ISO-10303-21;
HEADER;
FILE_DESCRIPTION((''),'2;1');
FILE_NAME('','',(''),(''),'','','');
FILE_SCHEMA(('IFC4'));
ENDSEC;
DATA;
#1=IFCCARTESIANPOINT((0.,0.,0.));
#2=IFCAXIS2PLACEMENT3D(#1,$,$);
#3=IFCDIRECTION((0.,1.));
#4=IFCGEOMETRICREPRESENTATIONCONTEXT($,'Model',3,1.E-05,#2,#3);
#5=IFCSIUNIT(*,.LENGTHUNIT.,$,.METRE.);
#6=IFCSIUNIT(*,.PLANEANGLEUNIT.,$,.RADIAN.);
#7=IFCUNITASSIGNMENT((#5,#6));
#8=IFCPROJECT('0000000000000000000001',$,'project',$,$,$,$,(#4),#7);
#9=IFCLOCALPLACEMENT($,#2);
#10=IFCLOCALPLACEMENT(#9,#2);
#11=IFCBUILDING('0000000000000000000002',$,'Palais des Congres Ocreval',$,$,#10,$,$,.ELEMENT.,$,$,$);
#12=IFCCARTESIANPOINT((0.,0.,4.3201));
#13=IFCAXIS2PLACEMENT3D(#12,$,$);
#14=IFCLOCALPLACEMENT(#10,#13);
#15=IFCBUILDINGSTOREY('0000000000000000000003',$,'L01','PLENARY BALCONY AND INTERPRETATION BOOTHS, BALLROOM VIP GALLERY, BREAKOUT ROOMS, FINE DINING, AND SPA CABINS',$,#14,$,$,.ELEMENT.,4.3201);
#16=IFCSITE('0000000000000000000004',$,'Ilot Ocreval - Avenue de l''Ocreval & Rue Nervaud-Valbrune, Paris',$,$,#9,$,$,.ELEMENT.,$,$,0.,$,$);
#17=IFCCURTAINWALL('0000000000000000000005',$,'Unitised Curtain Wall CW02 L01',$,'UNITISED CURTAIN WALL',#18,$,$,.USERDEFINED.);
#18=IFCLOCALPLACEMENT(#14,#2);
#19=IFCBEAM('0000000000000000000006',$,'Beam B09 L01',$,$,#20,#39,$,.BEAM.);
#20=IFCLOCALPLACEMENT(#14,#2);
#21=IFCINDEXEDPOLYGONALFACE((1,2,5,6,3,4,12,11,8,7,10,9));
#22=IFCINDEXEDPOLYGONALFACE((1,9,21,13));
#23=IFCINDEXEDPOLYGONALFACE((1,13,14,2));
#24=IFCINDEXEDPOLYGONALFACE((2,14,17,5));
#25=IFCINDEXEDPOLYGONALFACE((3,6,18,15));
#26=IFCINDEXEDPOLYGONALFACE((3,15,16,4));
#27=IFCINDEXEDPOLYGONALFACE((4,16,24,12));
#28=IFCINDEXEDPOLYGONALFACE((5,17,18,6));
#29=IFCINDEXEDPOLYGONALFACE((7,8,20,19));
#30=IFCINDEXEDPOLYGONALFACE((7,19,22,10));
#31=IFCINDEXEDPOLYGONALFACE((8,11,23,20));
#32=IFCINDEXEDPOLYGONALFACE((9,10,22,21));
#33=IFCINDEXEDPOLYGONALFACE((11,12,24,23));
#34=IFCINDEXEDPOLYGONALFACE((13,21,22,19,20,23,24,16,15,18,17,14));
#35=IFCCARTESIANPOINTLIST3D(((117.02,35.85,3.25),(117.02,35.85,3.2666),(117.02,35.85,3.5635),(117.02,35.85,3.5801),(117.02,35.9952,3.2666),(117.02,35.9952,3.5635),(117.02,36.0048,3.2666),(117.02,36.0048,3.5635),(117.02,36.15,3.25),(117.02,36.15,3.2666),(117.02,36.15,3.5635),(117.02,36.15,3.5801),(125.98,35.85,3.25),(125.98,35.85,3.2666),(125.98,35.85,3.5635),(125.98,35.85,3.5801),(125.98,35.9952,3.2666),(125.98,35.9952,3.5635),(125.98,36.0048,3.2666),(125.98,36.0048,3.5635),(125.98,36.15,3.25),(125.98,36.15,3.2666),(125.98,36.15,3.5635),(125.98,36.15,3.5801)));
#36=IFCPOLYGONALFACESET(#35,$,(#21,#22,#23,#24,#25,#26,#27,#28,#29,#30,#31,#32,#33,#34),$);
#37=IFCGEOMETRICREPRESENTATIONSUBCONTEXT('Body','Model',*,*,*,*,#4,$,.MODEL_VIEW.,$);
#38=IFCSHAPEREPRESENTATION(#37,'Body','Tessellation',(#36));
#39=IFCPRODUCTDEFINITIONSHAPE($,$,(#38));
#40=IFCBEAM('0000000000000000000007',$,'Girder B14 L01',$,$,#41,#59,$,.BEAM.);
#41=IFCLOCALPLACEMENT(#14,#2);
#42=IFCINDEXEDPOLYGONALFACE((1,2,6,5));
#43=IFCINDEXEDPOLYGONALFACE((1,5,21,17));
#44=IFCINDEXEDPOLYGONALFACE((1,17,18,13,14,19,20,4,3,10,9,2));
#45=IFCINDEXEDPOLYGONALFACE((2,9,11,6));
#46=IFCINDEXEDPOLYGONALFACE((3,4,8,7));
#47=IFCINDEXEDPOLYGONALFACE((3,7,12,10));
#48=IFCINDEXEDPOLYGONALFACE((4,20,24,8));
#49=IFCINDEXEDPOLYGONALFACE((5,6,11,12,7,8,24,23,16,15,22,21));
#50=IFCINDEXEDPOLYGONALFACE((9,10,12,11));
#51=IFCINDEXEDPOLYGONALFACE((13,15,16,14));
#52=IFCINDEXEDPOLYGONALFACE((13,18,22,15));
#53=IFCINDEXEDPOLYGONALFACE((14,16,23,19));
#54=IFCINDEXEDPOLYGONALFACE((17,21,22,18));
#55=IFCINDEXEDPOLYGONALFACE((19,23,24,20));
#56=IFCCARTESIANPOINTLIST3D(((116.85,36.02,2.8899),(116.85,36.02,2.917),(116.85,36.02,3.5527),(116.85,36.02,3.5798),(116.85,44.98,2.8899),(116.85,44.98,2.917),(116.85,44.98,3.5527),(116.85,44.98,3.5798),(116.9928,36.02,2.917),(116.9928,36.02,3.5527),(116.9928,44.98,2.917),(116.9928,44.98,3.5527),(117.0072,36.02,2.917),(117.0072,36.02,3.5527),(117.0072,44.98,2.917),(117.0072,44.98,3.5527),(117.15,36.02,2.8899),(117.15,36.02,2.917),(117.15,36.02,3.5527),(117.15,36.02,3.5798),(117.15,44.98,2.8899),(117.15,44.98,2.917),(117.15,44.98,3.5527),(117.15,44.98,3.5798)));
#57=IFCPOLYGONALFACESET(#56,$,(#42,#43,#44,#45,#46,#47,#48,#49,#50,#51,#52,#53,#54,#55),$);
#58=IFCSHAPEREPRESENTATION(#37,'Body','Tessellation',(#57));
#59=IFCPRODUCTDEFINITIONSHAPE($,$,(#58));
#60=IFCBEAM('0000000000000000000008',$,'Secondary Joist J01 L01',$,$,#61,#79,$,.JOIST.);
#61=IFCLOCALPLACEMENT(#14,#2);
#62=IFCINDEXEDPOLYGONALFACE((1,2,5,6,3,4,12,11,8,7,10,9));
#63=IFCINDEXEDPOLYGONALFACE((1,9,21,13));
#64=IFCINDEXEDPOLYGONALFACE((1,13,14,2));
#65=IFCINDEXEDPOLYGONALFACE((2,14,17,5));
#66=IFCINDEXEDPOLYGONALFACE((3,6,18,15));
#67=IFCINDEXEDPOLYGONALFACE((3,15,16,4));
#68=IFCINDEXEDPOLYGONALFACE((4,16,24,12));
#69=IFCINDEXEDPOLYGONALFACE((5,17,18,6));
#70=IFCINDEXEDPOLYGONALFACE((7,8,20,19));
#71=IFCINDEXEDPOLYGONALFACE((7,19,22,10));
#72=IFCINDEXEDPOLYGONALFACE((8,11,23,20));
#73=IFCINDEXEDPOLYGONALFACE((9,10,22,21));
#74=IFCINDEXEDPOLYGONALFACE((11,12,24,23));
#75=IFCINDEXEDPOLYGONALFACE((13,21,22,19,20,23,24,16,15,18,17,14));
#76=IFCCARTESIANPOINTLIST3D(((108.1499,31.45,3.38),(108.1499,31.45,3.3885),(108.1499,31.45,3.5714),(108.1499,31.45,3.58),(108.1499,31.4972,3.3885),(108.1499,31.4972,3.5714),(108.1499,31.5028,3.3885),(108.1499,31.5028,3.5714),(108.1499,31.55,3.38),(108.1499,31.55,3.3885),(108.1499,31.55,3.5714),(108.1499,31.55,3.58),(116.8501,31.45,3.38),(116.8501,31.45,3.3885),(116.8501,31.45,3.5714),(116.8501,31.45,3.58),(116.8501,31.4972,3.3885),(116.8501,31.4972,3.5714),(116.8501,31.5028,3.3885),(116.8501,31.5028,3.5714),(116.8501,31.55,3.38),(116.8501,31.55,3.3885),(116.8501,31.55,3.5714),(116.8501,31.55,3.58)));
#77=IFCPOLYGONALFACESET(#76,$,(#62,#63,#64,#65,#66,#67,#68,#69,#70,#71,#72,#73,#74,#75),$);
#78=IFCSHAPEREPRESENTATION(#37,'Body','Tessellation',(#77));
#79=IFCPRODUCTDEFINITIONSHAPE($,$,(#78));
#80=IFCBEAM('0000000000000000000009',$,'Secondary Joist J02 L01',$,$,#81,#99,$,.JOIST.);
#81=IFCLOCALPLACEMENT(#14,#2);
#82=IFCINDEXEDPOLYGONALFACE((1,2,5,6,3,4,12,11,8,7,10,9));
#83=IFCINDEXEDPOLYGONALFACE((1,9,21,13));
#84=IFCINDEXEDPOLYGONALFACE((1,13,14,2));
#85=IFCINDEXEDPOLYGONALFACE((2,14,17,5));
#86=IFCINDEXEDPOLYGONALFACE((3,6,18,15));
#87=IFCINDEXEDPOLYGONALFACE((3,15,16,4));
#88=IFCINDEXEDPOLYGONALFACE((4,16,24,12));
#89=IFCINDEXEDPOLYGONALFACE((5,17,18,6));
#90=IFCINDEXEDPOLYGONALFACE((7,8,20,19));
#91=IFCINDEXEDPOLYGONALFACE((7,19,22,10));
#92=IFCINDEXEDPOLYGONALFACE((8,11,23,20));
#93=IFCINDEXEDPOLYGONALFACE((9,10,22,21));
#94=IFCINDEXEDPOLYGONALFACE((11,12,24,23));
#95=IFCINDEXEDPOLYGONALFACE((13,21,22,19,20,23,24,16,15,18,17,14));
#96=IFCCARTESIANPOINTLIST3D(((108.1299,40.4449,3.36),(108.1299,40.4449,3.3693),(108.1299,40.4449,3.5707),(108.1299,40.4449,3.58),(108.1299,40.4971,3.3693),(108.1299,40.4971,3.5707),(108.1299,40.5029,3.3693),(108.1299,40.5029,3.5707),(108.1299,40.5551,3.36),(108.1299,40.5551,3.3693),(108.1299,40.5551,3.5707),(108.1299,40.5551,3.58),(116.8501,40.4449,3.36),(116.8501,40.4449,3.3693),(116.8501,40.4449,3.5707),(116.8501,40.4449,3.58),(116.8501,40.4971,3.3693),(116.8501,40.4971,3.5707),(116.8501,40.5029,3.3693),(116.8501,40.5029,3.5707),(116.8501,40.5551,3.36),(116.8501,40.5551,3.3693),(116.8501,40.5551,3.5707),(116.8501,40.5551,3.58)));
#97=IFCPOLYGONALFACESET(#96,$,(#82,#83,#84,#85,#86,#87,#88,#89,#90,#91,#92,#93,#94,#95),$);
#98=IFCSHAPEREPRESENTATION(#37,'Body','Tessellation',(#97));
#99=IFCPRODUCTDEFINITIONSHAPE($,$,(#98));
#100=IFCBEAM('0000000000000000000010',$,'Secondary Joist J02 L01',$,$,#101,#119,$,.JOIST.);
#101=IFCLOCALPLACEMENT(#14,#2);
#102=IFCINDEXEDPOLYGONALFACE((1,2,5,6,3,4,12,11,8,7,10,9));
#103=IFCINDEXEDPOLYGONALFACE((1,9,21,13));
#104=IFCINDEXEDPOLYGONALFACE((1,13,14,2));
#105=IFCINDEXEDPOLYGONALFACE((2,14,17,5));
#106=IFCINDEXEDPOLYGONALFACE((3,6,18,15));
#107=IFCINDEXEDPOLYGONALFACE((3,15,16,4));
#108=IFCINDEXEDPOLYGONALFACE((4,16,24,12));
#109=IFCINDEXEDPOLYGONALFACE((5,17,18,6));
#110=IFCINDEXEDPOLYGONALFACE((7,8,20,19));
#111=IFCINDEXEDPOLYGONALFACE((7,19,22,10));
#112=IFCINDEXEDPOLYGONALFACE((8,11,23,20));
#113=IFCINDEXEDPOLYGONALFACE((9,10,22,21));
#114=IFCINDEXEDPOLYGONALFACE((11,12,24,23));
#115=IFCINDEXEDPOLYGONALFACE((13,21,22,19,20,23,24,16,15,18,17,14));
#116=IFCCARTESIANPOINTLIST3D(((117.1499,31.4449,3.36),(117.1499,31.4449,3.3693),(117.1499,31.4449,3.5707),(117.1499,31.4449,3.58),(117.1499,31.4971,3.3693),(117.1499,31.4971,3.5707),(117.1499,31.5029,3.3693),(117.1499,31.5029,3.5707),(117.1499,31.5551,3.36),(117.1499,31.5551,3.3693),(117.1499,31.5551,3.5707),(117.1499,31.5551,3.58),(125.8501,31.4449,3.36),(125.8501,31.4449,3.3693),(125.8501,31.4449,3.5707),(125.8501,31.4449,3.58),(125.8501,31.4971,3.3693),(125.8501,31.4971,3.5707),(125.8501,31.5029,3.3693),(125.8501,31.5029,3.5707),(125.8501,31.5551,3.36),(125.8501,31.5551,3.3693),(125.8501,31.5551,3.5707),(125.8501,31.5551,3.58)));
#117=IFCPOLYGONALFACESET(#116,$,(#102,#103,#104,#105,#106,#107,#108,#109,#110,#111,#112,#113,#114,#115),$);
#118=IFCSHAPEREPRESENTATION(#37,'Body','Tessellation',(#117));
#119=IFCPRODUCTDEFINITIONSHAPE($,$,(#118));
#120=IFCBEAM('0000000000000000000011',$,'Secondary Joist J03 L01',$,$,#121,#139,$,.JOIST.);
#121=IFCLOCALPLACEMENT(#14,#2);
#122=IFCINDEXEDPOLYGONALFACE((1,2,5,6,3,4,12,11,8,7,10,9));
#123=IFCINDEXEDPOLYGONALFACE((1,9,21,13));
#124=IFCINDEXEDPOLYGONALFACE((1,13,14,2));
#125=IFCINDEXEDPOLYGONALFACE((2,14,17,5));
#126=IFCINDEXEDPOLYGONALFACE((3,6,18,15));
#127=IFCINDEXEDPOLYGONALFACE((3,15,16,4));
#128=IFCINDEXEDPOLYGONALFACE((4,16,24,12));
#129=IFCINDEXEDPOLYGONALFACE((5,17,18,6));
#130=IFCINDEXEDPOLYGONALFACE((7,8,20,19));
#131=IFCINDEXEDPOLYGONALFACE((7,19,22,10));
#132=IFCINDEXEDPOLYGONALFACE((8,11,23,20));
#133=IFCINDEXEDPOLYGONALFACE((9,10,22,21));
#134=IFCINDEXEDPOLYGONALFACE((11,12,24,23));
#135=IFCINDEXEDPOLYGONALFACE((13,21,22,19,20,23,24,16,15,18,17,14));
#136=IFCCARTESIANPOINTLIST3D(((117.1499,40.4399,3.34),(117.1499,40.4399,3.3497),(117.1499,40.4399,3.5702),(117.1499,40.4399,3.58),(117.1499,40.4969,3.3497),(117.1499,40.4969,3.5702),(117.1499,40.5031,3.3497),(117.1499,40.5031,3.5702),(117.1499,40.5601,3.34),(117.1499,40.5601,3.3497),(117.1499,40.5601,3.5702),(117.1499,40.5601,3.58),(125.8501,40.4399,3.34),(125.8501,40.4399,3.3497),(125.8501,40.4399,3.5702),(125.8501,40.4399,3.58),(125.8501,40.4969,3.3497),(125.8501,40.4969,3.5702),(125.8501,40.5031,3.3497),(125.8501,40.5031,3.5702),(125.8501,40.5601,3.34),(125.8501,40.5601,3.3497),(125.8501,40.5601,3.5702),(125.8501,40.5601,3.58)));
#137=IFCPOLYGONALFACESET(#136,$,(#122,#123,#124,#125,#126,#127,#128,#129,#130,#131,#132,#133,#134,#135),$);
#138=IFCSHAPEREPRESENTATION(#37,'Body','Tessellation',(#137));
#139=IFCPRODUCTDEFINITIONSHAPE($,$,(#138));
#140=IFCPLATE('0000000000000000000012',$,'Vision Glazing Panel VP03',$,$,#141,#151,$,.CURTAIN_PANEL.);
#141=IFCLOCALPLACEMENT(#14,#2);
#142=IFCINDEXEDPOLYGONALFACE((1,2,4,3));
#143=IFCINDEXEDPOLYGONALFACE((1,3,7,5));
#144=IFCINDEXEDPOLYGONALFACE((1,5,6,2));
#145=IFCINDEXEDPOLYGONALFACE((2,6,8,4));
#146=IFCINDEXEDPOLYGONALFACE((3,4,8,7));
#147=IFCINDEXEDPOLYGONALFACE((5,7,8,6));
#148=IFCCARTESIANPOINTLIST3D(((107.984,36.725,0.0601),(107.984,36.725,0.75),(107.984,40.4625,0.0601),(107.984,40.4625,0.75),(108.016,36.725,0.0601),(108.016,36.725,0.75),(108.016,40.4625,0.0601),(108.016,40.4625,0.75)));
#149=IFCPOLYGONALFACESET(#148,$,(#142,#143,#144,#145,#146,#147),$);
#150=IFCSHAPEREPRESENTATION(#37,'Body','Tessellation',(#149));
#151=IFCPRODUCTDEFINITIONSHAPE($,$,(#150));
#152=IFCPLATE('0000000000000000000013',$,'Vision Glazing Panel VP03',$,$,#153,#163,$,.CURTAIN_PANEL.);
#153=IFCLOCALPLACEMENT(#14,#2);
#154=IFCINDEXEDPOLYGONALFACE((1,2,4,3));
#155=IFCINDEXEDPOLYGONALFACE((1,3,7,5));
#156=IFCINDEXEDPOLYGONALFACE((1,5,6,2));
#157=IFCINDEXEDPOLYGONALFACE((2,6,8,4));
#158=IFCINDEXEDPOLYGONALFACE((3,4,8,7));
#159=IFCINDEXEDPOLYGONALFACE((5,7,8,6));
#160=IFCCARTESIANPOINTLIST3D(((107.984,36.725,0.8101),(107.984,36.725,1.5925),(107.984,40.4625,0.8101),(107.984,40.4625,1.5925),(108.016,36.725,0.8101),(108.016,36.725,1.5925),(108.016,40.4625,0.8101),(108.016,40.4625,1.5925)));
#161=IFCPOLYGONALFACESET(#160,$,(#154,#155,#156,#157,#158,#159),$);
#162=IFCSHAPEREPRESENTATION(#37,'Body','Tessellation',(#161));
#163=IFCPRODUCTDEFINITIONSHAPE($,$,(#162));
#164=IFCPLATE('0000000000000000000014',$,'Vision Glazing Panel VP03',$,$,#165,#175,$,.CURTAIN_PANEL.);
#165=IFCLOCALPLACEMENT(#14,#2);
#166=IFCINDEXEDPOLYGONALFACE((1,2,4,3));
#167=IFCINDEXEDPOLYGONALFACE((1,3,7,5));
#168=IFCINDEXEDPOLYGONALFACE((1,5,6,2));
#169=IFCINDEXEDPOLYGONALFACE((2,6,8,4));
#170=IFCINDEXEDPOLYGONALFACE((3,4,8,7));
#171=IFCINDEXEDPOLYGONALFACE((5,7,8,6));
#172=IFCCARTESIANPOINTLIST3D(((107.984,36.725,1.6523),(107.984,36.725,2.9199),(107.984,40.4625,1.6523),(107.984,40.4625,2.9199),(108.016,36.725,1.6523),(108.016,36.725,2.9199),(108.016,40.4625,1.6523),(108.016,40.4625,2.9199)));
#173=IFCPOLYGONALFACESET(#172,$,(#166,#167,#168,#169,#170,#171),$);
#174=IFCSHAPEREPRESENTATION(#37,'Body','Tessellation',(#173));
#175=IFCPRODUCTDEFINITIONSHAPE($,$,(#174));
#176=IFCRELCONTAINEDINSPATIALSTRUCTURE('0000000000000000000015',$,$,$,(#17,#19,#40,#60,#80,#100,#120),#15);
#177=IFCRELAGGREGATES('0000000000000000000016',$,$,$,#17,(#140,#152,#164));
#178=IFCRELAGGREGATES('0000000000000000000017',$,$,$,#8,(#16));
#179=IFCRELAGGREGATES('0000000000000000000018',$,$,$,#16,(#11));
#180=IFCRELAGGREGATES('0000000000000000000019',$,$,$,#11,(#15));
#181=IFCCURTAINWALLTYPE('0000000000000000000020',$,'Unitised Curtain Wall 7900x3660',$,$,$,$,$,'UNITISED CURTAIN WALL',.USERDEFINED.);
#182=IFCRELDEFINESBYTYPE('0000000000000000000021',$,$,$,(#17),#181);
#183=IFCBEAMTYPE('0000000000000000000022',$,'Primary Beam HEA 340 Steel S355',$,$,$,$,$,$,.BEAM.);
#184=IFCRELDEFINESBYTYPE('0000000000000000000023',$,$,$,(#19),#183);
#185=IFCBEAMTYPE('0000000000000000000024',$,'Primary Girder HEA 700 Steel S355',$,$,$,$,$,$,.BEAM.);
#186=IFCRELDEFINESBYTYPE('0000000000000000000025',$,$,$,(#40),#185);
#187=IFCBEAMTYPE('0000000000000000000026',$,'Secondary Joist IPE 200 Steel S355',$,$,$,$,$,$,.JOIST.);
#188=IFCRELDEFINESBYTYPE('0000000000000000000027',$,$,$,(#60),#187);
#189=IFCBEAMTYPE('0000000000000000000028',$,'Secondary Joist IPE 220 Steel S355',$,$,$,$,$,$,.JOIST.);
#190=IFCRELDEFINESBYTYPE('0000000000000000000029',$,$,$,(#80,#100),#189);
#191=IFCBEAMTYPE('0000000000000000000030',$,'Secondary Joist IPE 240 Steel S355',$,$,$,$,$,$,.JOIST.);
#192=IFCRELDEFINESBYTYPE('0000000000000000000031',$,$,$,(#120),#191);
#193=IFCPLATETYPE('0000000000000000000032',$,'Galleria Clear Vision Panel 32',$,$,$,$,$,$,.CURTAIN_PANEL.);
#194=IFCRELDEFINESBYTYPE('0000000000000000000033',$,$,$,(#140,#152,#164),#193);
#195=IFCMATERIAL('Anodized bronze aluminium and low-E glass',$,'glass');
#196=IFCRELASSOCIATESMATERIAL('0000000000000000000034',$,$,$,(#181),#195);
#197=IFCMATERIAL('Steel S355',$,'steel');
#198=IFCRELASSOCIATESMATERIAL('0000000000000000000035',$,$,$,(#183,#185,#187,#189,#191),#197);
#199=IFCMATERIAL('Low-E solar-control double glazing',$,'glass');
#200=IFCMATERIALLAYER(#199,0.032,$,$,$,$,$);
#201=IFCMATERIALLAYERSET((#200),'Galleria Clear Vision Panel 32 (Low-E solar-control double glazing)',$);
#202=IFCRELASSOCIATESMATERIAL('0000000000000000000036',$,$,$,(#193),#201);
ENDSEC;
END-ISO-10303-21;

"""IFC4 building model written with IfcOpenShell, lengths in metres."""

from ifc_helpers import new_model, si_unit, direction, frame, origin, origin_2d, place, context, subcontext, project, spatial, rectangle, i_section, extrude, material, layer, layer_set, material_profile, profile_set, type_object, element, aggregate, save


model = new_model("IFC4")

# Units and contexts
model_context = context("Model", 3, precision=1e-05, world=origin(), true_north=direction((0.0, 1.0)))
body_context = subcontext(model_context, "Body", "Model", "MODEL_VIEW")
ifc_project = project(units=[si_unit("LENGTHUNIT", "METRE"), si_unit("PLANEANGLEUNIT", "RADIAN")], contexts=[model_context])

# Site, building, storey
site_placement = place(None, origin())
site = spatial("IfcSite", under=ifc_project, at=site_placement, Name="Ilot Ocreval - Avenue de l'Ocreval & Rue Nervaud-Valbrune, Paris", CompositionType="ELEMENT", RefElevation=0.0)
building_placement = place(site_placement, origin())
building = spatial("IfcBuilding", under=site, at=building_placement, Name="Palais des Congres Ocreval", CompositionType="ELEMENT")
storey_placement = place(building_placement, frame((0.0, 0.0, 4.3201)))
storey = spatial("IfcBuildingStorey", under=building, at=storey_placement, Name="L01", Description="PLENARY BALCONY AND INTERPRETATION BOOTHS, BALLROOM VIP GALLERY, BREAKOUT ROOMS, FINE DINING, AND SPA CABINS", CompositionType="ELEMENT", Elevation=4.3201)

# Shared definitions
ifc_material_1 = material(Name="Steel S355", Category="steel")

# Curtain wall
ifc_material_2 = material(Name="Anodized bronze aluminium and low-E glass", Category="glass")
curtain_wall_type = type_object("IfcCurtainWallType", Name="Unitised Curtain Wall 7900x3660", ElementType="UNITISED CURTAIN WALL", PredefinedType="USERDEFINED", material=ifc_material_2)
curtain_wall_placement = place(storey_placement, origin())
curtain_wall = element("IfcCurtainWall", 1, at=curtain_wall_placement, inside=storey, type_object=curtain_wall_type, Name="Unitised Curtain Wall CW02 L01", ObjectType="UNITISED CURTAIN WALL", PredefinedType="USERDEFINED")

# Beams
ifc_material_profile_1 = material_profile(ifc_material_1, i_section(OverallWidth=0.3, OverallDepth=0.3301, WebThickness=0.0095, FlangeThickness=0.0166, at=origin_2d()), Name="HEA 340")
ifc_profile_set_1 = profile_set([ifc_material_profile_1], Name="Steel S355")
beam_type_1 = type_object("IfcBeamType", Name="Primary Beam HEA 340 Steel S355", PredefinedType="BEAM", material=ifc_profile_set_1)
beam_1_placement = place(storey_placement, frame((117.02, 36.0, 3.415), z_axis=(1.0, 0.0, 0.0), x_axis=(0.0, 1.0, 0.0)))
element("IfcBeam", 2, at=beam_1_placement, inside=storey, type_object=beam_type_1, Name="Beam B09 L01", PredefinedType="BEAM", context=body_context, shape_type="SweptSolid", body=[
    extrude(i_section(OverallWidth=0.3, OverallDepth=0.3301, WebThickness=0.0095, FlangeThickness=0.0166, at=origin_2d()), origin(), (0.0, 0.0, 1.0), 8.96),
])
ifc_material_profile_2 = material_profile(ifc_material_1, i_section(OverallWidth=0.3, OverallDepth=0.6899, WebThickness=0.0144, FlangeThickness=0.0271, at=origin_2d()), Name="HEA 700")
ifc_profile_set_2 = profile_set([ifc_material_profile_2], Name="Steel S355")
beam_type_2 = type_object("IfcBeamType", Name="Primary Girder HEA 700 Steel S355", PredefinedType="BEAM", material=ifc_profile_set_2)
beam_2_placement = place(storey_placement, frame((117.0, 36.02, 3.2349), z_axis=(0.0, 1.0, 0.0), x_axis=(-1.0, 0.0, 0.0)))
element("IfcBeam", 3, at=beam_2_placement, inside=storey, type_object=beam_type_2, Name="Girder B14 L01", PredefinedType="BEAM", context=body_context, shape_type="SweptSolid", body=[
    extrude(i_section(OverallWidth=0.3, OverallDepth=0.6899, WebThickness=0.0144, FlangeThickness=0.0271, at=origin_2d()), origin(), (0.0, 0.0, 1.0), 8.96),
])
ifc_material_profile_3 = material_profile(ifc_material_1, i_section(OverallWidth=0.1001, OverallDepth=0.2, WebThickness=0.0056, FlangeThickness=0.0085, at=origin_2d()), Name="IPE 200")
ifc_profile_set_3 = profile_set([ifc_material_profile_3], Name="Steel S355")
beam_type_3 = type_object("IfcBeamType", Name="Secondary Joist IPE 200 Steel S355", PredefinedType="JOIST", material=ifc_profile_set_3)
beam_3_placement = place(storey_placement, frame((108.1499, 31.5, 3.48), z_axis=(1.0, 0.0, 0.0), x_axis=(0.0, 1.0, 0.0)))
element("IfcBeam", 4, at=beam_3_placement, inside=storey, type_object=beam_type_3, Name="Secondary Joist J01 L01", PredefinedType="JOIST", context=body_context, shape_type="SweptSolid", body=[
    extrude(i_section(OverallWidth=0.1001, OverallDepth=0.2, WebThickness=0.0056, FlangeThickness=0.0085, at=origin_2d()), origin(), (0.0, 0.0, 1.0), 8.7002),
])
ifc_material_profile_4 = material_profile(ifc_material_1, i_section(OverallWidth=0.1101, OverallDepth=0.22, WebThickness=0.0059, FlangeThickness=0.0093, at=origin_2d()), Name="IPE 220")
ifc_profile_set_4 = profile_set([ifc_material_profile_4], Name="Steel S355")
beam_type_4 = type_object("IfcBeamType", Name="Secondary Joist IPE 220 Steel S355", PredefinedType="JOIST", material=ifc_profile_set_4)
beam_4_placement = place(storey_placement, frame((108.1299, 40.5, 3.47), z_axis=(1.0, 0.0, 0.0), x_axis=(0.0, 1.0, 0.0)))
element("IfcBeam", 5, at=beam_4_placement, inside=storey, type_object=beam_type_4, Name="Secondary Joist J02 L01", PredefinedType="JOIST", context=body_context, shape_type="SweptSolid", body=[
    extrude(i_section(OverallWidth=0.1101, OverallDepth=0.22, WebThickness=0.0059, FlangeThickness=0.0093, at=origin_2d()), origin(), (0.0, 0.0, 1.0), 8.7202),
])
beam_5_placement = place(storey_placement, frame((117.1499, 31.5, 3.47), z_axis=(1.0, 0.0, 0.0), x_axis=(0.0, 1.0, 0.0)))
element("IfcBeam", 6, at=beam_5_placement, inside=storey, type_object=beam_type_4, Name="Secondary Joist J02 L01", PredefinedType="JOIST", context=body_context, shape_type="SweptSolid", body=[
    extrude(i_section(OverallWidth=0.1101, OverallDepth=0.22, WebThickness=0.0059, FlangeThickness=0.0093, at=origin_2d()), origin(), (0.0, 0.0, 1.0), 8.7002),
])
ifc_material_profile_5 = material_profile(ifc_material_1, i_section(OverallWidth=0.1201, OverallDepth=0.24, WebThickness=0.0061, FlangeThickness=0.0098, at=origin_2d()), Name="IPE 240")
ifc_profile_set_5 = profile_set([ifc_material_profile_5], Name="Steel S355")
beam_type_5 = type_object("IfcBeamType", Name="Secondary Joist IPE 240 Steel S355", PredefinedType="JOIST", material=ifc_profile_set_5)
beam_6_placement = place(storey_placement, frame((117.1499, 40.5, 3.46), z_axis=(1.0, 0.0, 0.0), x_axis=(0.0, 1.0, 0.0)))
element("IfcBeam", 7, at=beam_6_placement, inside=storey, type_object=beam_type_5, Name="Secondary Joist J03 L01", PredefinedType="JOIST", context=body_context, shape_type="SweptSolid", body=[
    extrude(i_section(OverallWidth=0.1201, OverallDepth=0.24, WebThickness=0.0061, FlangeThickness=0.0098, at=origin_2d()), origin(), (0.0, 0.0, 1.0), 8.7002),
])

# Plates
ifc_material_3 = material(Name="Low-E solar-control double glazing", Category="glass")
ifc_layer_1 = layer(ifc_material_3, 0.032)
ifc_layer_set_1 = layer_set([ifc_layer_1], Name="Galleria Clear Vision Panel 32 (Low-E solar-control double glazing)")
plate_type_1 = type_object("IfcPlateType", Name="Galleria Clear Vision Panel 32", PredefinedType="CURTAIN_PANEL", material=ifc_layer_set_1)
plate_1_placement = place(storey_placement, frame((108.0, 38.5938, 0.0601), z_axis=(0.0, 0.0, 1.0), x_axis=(0.0, 1.0, 0.0)))
plate_1 = element("IfcPlate", 8, at=plate_1_placement, type_object=plate_type_1, Name="Vision Glazing Panel VP03", PredefinedType="CURTAIN_PANEL", context=body_context, shape_type="SweptSolid", body=[
    extrude(rectangle(XDim=3.7375, YDim=0.032, at=origin_2d()), origin(), (0.0, 0.0, 1.0), 0.6899),
])
plate_2_placement = place(storey_placement, frame((108.0, 38.5938, 0.8101), z_axis=(0.0, 0.0, 1.0), x_axis=(0.0, 1.0, 0.0)))
plate_2 = element("IfcPlate", 9, at=plate_2_placement, type_object=plate_type_1, Name="Vision Glazing Panel VP03", PredefinedType="CURTAIN_PANEL", context=body_context, shape_type="SweptSolid", body=[
    extrude(rectangle(XDim=3.7375, YDim=0.032, at=origin_2d()), origin(), (0.0, 0.0, 1.0), 0.7825),
])
plate_3_placement = place(storey_placement, frame((108.0, 38.5938, 1.6523), z_axis=(0.0, 0.0, 1.0), x_axis=(0.0, 1.0, 0.0)))
plate_3 = element("IfcPlate", 10, at=plate_3_placement, type_object=plate_type_1, Name="Vision Glazing Panel VP03", PredefinedType="CURTAIN_PANEL", context=body_context, shape_type="SweptSolid", body=[
    extrude(rectangle(XDim=3.7375, YDim=0.032, at=origin_2d()), origin(), (0.0, 0.0, 1.0), 1.2676),
])
aggregate(curtain_wall, [plate_1, plate_2, plate_3])

save(model, "model.ifc")
